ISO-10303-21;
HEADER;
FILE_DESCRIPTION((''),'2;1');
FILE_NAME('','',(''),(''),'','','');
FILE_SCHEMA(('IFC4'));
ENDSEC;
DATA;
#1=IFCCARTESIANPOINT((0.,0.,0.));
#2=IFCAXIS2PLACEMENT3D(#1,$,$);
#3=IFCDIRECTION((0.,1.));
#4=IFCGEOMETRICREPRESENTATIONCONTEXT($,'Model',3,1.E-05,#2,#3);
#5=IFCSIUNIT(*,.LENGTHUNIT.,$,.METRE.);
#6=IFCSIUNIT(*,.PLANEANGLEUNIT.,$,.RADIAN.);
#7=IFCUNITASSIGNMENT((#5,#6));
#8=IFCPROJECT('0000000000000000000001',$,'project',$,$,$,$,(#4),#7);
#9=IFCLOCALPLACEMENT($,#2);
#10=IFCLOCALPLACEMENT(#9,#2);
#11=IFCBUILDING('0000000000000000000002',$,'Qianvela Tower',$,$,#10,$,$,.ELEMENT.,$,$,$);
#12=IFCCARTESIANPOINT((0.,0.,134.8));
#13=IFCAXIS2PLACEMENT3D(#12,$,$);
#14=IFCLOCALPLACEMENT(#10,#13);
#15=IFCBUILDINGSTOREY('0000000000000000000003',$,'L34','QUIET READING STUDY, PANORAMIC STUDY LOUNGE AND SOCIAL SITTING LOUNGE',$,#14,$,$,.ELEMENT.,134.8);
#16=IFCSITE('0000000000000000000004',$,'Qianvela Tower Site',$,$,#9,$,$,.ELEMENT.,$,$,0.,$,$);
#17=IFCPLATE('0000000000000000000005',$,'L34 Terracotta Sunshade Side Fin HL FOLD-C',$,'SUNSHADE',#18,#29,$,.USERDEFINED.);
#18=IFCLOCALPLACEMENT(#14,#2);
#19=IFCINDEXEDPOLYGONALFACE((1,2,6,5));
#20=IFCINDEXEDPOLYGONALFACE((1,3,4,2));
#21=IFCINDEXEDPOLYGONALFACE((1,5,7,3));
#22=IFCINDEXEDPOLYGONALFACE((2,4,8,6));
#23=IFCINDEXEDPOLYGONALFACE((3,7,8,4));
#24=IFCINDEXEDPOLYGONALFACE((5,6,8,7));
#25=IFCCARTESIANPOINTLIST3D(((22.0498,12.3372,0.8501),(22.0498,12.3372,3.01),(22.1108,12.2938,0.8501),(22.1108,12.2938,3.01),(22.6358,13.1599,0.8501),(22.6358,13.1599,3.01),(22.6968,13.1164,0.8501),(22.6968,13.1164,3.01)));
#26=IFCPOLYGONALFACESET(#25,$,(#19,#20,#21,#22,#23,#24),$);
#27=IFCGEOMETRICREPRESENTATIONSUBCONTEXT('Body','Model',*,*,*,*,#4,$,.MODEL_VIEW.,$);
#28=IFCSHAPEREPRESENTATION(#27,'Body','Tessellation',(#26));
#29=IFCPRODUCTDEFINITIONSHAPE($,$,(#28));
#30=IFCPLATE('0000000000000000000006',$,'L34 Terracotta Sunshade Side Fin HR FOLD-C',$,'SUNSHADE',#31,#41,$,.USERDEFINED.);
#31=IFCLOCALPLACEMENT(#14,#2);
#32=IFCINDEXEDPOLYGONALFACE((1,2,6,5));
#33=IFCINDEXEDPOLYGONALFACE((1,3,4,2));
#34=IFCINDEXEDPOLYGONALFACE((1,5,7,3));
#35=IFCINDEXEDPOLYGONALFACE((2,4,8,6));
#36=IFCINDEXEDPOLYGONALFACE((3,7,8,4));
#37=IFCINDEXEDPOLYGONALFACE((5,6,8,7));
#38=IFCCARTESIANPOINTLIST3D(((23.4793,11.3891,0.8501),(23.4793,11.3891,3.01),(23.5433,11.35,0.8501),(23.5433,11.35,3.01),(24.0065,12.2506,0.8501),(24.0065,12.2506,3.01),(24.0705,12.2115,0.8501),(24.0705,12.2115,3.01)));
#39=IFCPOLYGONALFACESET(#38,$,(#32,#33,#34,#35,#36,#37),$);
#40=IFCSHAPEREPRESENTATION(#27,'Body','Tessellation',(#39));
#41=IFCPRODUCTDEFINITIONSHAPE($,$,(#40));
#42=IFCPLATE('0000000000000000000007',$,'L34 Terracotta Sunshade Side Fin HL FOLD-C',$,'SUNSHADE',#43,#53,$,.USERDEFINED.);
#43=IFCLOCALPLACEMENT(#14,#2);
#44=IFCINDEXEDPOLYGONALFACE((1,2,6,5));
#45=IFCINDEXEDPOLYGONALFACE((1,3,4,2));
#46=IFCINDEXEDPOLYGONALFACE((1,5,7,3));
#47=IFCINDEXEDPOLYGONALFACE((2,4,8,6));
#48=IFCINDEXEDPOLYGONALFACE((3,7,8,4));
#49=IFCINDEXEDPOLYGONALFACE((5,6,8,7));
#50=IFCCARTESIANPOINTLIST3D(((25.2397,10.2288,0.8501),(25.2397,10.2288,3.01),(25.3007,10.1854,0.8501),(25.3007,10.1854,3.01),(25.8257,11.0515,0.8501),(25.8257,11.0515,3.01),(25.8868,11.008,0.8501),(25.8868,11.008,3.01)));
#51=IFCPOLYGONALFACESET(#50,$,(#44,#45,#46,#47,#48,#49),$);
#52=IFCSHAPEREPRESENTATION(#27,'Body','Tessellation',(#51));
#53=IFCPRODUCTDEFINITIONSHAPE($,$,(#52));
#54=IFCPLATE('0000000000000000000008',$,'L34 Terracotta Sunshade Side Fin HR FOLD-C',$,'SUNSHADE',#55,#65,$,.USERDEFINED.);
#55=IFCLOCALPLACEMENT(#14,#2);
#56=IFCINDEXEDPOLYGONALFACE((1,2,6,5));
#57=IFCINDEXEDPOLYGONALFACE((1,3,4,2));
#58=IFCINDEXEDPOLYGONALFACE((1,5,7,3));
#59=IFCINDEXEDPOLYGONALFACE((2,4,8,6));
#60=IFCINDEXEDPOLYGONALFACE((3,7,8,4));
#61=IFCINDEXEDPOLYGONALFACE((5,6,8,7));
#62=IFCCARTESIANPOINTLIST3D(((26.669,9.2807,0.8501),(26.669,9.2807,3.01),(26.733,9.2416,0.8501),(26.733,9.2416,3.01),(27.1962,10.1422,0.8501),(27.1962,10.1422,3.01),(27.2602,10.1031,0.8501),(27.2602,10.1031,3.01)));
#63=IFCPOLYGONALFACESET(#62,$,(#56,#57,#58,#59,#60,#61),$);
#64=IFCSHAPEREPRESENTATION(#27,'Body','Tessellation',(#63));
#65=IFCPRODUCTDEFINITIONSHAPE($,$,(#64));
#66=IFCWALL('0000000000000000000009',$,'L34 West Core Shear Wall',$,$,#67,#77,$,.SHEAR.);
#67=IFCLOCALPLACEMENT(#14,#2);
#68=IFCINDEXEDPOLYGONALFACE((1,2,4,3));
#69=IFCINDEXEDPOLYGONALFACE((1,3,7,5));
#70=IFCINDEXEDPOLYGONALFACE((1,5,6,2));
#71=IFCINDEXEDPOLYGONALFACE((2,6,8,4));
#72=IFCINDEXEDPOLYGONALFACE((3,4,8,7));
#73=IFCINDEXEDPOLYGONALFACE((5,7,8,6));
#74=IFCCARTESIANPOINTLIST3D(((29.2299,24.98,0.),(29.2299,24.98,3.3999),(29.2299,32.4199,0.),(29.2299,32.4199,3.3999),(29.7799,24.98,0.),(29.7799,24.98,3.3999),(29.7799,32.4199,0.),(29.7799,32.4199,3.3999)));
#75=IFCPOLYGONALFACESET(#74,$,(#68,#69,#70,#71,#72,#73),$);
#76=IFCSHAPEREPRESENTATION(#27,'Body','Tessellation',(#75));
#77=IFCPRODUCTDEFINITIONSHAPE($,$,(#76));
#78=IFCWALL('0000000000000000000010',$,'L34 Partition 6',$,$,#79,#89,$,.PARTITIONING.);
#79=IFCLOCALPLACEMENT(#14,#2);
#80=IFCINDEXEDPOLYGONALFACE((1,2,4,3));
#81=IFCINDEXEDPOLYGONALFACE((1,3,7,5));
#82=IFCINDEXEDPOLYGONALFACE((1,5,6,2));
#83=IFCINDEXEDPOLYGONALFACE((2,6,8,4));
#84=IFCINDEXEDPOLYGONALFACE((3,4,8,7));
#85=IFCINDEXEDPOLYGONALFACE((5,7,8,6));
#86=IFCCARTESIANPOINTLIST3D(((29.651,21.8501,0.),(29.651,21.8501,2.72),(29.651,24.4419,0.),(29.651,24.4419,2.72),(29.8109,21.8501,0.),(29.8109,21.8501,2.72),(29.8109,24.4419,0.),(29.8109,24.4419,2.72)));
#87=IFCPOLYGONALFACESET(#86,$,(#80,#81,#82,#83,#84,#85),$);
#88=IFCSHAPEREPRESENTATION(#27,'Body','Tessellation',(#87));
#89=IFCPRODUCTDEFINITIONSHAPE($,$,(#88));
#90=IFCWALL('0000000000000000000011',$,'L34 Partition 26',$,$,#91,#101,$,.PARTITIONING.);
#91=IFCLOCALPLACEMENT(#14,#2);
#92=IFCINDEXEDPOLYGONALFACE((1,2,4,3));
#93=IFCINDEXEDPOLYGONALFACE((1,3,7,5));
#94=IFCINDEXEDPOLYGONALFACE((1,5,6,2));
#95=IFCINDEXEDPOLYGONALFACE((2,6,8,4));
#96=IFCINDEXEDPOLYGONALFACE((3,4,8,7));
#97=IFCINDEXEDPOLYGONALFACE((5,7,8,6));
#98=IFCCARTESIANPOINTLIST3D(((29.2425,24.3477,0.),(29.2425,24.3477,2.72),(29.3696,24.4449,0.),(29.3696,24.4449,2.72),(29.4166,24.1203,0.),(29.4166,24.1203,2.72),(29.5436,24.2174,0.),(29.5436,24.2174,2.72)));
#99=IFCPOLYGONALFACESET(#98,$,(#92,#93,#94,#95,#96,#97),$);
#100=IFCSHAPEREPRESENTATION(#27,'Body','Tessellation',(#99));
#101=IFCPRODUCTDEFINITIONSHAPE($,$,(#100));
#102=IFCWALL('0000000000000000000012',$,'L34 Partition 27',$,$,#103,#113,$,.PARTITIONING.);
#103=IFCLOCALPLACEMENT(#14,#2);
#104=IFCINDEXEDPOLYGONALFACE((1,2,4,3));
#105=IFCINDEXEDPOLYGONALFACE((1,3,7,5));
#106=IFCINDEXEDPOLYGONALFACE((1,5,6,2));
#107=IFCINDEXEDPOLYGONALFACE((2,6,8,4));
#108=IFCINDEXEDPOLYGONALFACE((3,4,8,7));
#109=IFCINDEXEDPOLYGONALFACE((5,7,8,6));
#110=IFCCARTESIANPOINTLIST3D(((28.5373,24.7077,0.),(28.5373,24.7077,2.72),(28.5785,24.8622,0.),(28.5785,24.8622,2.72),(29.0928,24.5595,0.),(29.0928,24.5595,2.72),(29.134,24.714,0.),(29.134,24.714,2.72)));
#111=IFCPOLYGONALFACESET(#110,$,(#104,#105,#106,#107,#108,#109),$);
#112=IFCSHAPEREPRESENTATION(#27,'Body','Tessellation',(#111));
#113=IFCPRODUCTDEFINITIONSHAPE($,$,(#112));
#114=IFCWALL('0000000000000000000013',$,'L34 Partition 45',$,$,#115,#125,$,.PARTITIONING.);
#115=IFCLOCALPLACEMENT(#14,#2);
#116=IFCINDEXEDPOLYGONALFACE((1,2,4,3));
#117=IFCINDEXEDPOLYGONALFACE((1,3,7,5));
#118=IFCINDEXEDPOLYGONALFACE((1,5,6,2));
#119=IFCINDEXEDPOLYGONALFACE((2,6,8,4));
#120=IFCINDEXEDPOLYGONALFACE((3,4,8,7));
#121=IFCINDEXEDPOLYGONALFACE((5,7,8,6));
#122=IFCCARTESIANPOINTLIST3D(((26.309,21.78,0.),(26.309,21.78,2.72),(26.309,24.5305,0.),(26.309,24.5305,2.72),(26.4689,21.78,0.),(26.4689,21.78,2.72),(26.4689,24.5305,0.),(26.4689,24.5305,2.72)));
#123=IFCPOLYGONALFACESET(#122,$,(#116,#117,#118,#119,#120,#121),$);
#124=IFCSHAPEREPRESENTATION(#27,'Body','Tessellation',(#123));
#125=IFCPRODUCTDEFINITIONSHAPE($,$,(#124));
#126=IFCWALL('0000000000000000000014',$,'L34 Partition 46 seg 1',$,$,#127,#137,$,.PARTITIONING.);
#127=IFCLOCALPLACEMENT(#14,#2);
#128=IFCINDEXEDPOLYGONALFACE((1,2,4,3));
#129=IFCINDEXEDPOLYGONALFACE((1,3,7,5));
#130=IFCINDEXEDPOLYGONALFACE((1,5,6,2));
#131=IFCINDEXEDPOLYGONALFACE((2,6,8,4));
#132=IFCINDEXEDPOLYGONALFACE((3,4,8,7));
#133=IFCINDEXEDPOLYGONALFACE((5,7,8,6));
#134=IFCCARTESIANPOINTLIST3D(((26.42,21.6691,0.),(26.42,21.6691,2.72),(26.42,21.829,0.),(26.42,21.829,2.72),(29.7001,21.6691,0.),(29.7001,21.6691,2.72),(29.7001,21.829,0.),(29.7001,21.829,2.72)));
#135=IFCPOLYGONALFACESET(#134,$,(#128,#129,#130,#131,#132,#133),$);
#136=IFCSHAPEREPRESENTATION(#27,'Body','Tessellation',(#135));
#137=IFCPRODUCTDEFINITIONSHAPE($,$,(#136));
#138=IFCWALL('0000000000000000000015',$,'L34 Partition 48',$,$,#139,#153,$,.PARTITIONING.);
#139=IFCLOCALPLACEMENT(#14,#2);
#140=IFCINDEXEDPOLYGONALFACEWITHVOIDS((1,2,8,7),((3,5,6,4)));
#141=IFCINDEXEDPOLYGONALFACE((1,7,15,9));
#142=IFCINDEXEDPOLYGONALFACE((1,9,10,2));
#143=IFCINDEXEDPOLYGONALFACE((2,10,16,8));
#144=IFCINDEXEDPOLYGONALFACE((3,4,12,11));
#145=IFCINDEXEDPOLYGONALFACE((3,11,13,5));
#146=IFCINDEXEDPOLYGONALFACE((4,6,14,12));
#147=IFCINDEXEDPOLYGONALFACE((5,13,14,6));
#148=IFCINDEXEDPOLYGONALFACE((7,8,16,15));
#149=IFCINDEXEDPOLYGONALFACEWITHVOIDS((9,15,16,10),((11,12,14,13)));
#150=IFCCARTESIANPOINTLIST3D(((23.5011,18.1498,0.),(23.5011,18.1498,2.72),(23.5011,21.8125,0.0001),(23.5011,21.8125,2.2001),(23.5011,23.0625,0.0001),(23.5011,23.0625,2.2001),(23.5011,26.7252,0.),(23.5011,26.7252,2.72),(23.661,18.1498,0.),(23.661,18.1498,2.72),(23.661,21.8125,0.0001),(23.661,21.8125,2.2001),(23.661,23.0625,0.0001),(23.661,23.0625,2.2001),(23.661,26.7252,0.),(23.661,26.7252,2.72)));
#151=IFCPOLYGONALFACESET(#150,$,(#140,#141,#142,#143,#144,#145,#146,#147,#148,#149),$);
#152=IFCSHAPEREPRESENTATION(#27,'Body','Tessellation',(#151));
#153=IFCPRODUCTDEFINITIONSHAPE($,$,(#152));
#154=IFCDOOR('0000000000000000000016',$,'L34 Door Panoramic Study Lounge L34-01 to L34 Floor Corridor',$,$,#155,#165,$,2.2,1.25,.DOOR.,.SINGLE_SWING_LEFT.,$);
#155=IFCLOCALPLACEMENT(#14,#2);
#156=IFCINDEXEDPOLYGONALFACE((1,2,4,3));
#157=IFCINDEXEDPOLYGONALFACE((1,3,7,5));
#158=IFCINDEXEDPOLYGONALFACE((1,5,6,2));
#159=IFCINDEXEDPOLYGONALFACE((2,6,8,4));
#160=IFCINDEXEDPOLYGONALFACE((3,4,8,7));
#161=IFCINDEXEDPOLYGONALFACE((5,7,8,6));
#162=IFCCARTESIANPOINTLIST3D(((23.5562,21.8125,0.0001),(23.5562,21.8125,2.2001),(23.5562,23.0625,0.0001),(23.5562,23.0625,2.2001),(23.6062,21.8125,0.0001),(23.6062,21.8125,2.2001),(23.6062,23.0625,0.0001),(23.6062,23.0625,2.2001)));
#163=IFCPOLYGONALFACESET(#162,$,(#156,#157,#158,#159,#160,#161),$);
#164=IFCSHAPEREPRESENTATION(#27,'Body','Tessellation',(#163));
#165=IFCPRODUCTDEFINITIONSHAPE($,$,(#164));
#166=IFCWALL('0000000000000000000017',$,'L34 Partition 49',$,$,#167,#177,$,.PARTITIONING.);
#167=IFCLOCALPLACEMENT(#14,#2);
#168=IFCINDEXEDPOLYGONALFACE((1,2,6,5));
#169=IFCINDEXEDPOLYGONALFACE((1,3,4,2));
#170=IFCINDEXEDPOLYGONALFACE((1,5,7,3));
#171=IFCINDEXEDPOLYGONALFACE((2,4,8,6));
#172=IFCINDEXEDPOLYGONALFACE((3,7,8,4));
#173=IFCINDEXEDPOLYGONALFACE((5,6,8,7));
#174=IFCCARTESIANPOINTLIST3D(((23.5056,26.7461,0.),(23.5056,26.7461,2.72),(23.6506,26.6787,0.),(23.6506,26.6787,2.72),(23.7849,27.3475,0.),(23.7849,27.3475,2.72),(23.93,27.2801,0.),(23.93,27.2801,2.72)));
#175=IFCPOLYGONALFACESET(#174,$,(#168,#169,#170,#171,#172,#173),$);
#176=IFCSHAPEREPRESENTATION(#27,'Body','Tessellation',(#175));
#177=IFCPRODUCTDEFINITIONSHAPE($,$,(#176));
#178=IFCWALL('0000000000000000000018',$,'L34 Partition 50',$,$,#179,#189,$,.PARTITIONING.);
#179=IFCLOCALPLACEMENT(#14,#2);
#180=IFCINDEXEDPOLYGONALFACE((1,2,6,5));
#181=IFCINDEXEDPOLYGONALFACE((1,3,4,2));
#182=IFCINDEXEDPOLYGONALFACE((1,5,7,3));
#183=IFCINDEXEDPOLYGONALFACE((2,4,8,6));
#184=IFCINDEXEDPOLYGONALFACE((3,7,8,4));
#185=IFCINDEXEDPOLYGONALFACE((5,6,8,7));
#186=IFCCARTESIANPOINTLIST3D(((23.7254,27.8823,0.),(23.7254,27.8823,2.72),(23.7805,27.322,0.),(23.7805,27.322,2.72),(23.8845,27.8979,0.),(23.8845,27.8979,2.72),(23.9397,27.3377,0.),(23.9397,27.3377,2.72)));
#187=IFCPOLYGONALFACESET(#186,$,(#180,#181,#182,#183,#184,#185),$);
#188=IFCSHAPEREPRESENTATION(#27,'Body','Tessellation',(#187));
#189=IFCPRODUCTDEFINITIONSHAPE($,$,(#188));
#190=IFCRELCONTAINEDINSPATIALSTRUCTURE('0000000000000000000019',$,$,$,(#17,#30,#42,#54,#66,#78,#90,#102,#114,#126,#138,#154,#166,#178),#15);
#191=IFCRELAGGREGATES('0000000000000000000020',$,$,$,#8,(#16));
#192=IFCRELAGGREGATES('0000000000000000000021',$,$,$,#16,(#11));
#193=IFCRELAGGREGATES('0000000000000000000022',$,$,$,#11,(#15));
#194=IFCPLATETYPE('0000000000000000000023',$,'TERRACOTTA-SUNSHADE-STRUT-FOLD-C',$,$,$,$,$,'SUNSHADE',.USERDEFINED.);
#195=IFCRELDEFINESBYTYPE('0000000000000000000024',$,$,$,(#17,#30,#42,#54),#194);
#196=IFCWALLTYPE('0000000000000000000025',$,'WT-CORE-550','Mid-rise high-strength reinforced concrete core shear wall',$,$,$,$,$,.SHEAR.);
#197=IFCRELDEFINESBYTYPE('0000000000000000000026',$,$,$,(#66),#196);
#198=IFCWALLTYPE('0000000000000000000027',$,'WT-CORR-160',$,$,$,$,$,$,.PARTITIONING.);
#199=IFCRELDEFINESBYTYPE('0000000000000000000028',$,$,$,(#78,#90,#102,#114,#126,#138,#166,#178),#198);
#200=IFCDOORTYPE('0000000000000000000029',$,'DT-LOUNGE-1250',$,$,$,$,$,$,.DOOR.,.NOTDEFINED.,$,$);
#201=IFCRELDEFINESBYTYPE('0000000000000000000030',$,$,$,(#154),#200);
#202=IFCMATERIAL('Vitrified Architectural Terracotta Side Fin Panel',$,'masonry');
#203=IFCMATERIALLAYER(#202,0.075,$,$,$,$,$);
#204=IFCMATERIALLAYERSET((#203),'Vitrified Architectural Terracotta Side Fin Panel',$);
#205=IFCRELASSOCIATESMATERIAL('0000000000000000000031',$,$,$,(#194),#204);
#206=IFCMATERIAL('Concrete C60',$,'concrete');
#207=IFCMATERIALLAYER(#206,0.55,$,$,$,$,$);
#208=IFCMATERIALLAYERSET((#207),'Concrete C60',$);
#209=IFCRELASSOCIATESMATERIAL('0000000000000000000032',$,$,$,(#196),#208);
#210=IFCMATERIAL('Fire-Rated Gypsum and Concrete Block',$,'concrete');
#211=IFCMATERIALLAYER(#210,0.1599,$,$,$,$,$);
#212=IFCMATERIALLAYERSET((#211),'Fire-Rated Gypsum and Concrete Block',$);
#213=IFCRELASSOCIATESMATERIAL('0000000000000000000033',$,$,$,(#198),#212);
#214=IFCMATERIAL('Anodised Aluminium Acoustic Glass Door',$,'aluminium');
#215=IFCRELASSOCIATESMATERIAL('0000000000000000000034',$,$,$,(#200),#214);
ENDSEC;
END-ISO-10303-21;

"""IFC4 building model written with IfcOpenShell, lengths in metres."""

from ifc_helpers import new_model, si_unit, direction, frame, frame_2d, origin, origin_2d, place, context, subcontext, project, spatial, rectangle, extrude, material, layer, layer_set, type_object, element, fill, save


model = new_model("IFC4")

# Units and contexts
model_context = context("Model", 3, precision=1e-05, world=origin(), true_north=direction((0.0, 1.0)))
body_context = subcontext(model_context, "Body", "Model", "MODEL_VIEW")
ifc_project = project(units=[si_unit("LENGTHUNIT", "METRE"), si_unit("PLANEANGLEUNIT", "RADIAN")], contexts=[model_context])

# Site, building, storey
site_placement = place(None, origin())
site = spatial("IfcSite", under=ifc_project, at=site_placement, Name="Qianvela Tower Site", CompositionType="ELEMENT", RefElevation=0.0)
building_placement = place(site_placement, origin())
building = spatial("IfcBuilding", under=site, at=building_placement, Name="Qianvela Tower", CompositionType="ELEMENT")
storey_placement = place(building_placement, frame((0.0, 0.0, 134.8)))
storey = spatial("IfcBuildingStorey", under=building, at=storey_placement, Name="L34", Description="QUIET READING STUDY, PANORAMIC STUDY LOUNGE AND SOCIAL SITTING LOUNGE", CompositionType="ELEMENT", Elevation=134.8)

# Plates
ifc_material_1 = material(Name="Vitrified Architectural Terracotta Side Fin Panel", Category="masonry")
ifc_layer_1 = layer(ifc_material_1, 0.075)
ifc_layer_set_1 = layer_set([ifc_layer_1], Name="Vitrified Architectural Terracotta Side Fin Panel")
plate_type_1 = type_object("IfcPlateType", Name="TERRACOTTA-SUNSHADE-STRUT-FOLD-C", ElementType="SUNSHADE", PredefinedType="USERDEFINED", material=ifc_layer_set_1)
for number, where, z_axis, x_axis, name in (
    (1, (22.3733, 12.7268, 0.8501), (0.0, 0.0, 1.0), (0.814459, -0.580221, 0.0), "L34 Terracotta Sunshade Side Fin HL FOLD-C"),
    (2, (23.7749, 11.8003, 0.8501), (0.0, 0.0, 1.0), (0.852949, -0.521994, 0.0), "L34 Terracotta Sunshade Side Fin HR FOLD-C"),
    (3, (25.5632, 10.6184, 0.8501), (0.0, 0.0, 1.0), (0.814459, -0.580221, 0.0), "L34 Terracotta Sunshade Side Fin HL FOLD-C"),
    (4, (26.9646, 9.6919, 0.8501), (0.0, 0.0, 1.0), (0.852949, -0.521994, 0.0), "L34 Terracotta Sunshade Side Fin HR FOLD-C"),
):
    element("IfcPlate", number, at=place(storey_placement, frame(where, z_axis=z_axis, x_axis=x_axis)), inside=storey, type_object=plate_type_1, Name=name, ObjectType="SUNSHADE", PredefinedType="USERDEFINED", context=body_context, shape_type="SweptSolid", body=[
        extrude(rectangle(XDim=0.075, YDim=1.01, at=origin_2d()), origin(), (0.0, 0.0, 1.0), 2.1599),
    ])

# Shared definitions
ifc_material_2 = material(Name="Concrete C60", Category="concrete")
ifc_layer_2 = layer(ifc_material_2, 0.55)
ifc_layer_set_2 = layer_set([ifc_layer_2], Name="Concrete C60")
wall_type_1 = type_object("IfcWallType", Name="WT-CORE-550", Description="Mid-rise high-strength reinforced concrete core shear wall", PredefinedType="SHEAR", material=ifc_layer_set_2)

# Walls
wall_1_placement = place(storey_placement, frame((29.5049, 24.98, 0.0), z_axis=(0.0, 0.0, 1.0), x_axis=(0.0, 1.0, 0.0)))
element("IfcWall", 5, at=wall_1_placement, inside=storey, type_object=wall_type_1, Name="L34 West Core Shear Wall", PredefinedType="SHEAR", context=body_context, shape_type="SweptSolid", body=[
    extrude(rectangle(XDim=7.4399, YDim=0.55, at=frame_2d((3.72, 0.0))), origin(), (0.0, 0.0, 1.0), 3.3999),
])
ifc_material_3 = material(Name="Fire-Rated Gypsum and Concrete Block", Category="concrete")
ifc_layer_3 = layer(ifc_material_3, 0.1599)
ifc_layer_set_3 = layer_set([ifc_layer_3], Name="Fire-Rated Gypsum and Concrete Block")
wall_type_2 = type_object("IfcWallType", Name="WT-CORR-160", PredefinedType="PARTITIONING", material=ifc_layer_set_3)
wall_2_placement = place(storey_placement, frame((29.731, 21.8501, 0.0), z_axis=(0.0, 0.0, 1.0), x_axis=(0.0, 1.0, 0.0)))
element("IfcWall", 6, at=wall_2_placement, inside=storey, type_object=wall_type_2, Name="L34 Partition 6", PredefinedType="PARTITIONING", context=body_context, shape_type="SweptSolid", body=[
    extrude(rectangle(XDim=2.5918, YDim=0.1599, at=frame_2d((1.2959, 0.0))), origin(), (0.0, 0.0, 1.0), 2.72),
])
wall_3_placement = place(storey_placement, frame((29.48, 24.1689, 0.0), z_axis=(0.0, 0.0, 1.0), x_axis=(-0.607608, 0.794237, 0.0)))
element("IfcWall", 7, at=wall_3_placement, inside=storey, type_object=wall_type_2, Name="L34 Partition 26", PredefinedType="PARTITIONING", context=body_context, shape_type="SweptSolid", body=[
    extrude(rectangle(XDim=0.2864, YDim=0.1599, at=frame_2d((0.1431, 0.0))), origin(), (0.0, 0.0, 1.0), 2.72),
])
wall_4_placement = place(storey_placement, frame((29.1135, 24.6367, 0.0), z_axis=(0.0, 0.0, 1.0), x_axis=(-0.9662, 0.257795, 0.0)))
element("IfcWall", 8, at=wall_4_placement, inside=storey, type_object=wall_type_2, Name="L34 Partition 27", PredefinedType="PARTITIONING", context=body_context, shape_type="SweptSolid", body=[
    extrude(rectangle(XDim=0.575, YDim=0.1599, at=frame_2d((0.2876, 0.0))), origin(), (0.0, 0.0, 1.0), 2.72),
])
wall_5_placement = place(storey_placement, frame((26.3889, 24.5305, 0.0), z_axis=(0.0, 0.0, 1.0), x_axis=(0.0, -1.0, 0.0)))
element("IfcWall", 9, at=wall_5_placement, inside=storey, type_object=wall_type_2, Name="L34 Partition 45", PredefinedType="PARTITIONING", context=body_context, shape_type="SweptSolid", body=[
    extrude(rectangle(XDim=2.7505, YDim=0.1599, at=frame_2d((1.3752, 0.0))), origin(), (0.0, 0.0, 1.0), 2.72),
])
wall_6_placement = place(storey_placement, frame((26.4199, 21.749, 0.0), z_axis=(0.0, 0.0, 1.0), x_axis=(1.0, 0.0, 0.0)))
element("IfcWall", 10, at=wall_6_placement, inside=storey, type_object=wall_type_2, Name="L34 Partition 46 seg 1", PredefinedType="PARTITIONING", context=body_context, shape_type="SweptSolid", body=[
    extrude(rectangle(XDim=3.28, YDim=0.1599, at=frame_2d((1.6401, 0.0))), origin(), (0.0, 0.0, 1.0), 2.72),
])

# Wall, opening, door
wall_7_placement = place(storey_placement, frame((23.5811, 18.1499, 0.0), z_axis=(0.0, 0.0, 1.0), x_axis=(0.0, 1.0, 0.0)))
wall_7 = element("IfcWall", 11, at=wall_7_placement, inside=storey, type_object=wall_type_2, Name="L34 Partition 48", PredefinedType="PARTITIONING", context=body_context, shape_type="SweptSolid", body=[
    extrude(rectangle(XDim=8.5754, YDim=0.1599, at=frame_2d((4.2876, 0.0))), origin(), (0.0, 0.0, 1.0), 2.72),
])
opening_1_placement = place(wall_7_placement, frame((3.6626, 0.0, 0.0)))
opening_1 = element("IfcOpeningElement", 12, at=opening_1_placement, cuts=wall_7, PredefinedType="OPENING", context=body_context, shape_type="SweptSolid", body=[
    extrude(rectangle(XDim=1.25, YDim=2.2, at=frame_2d((0.625, 1.1001))), frame((0.0, 0.0898, 0.0), z_axis=(0.0, -1.0, 0.0), x_axis=(1.0, 0.0, 0.0)), (0.0, 0.0, 1.0), 0.1799),
])
ifc_material_4 = material(Name="Anodised Aluminium Acoustic Glass Door", Category="aluminium")
door_type_1 = type_object("IfcDoorType", Name="DT-LOUNGE-1250", OperationType="NOTDEFINED", PredefinedType="DOOR", material=ifc_material_4)
door_1_placement = place(opening_1_placement, origin())
door_1 = element("IfcDoor", 13, at=door_1_placement, inside=storey, type_object=door_type_1, Name="L34 Door Panoramic Study Lounge L34-01 to L34 Floor Corridor", OperationType="SINGLE_SWING_LEFT", OverallHeight=2.2, OverallWidth=1.25, PredefinedType="DOOR", context=body_context, shape_type="SweptSolid", body=[
    extrude(rectangle(XDim=1.25, YDim=2.2, at=frame_2d((0.625, 1.1001))), frame((0.0, 0.0249, 0.0), z_axis=(0.0, -1.0, 0.0), x_axis=(1.0, 0.0, 0.0)), (0.0, 0.0, 1.0), 0.05),
])
fill(opening_1, door_1)

# Walls
wall_8_placement = place(storey_placement, frame((23.5781, 26.7124, 0.0), z_axis=(0.0, 0.0, 1.0), x_axis=(0.421252, 0.906944, 0.0)))
element("IfcWall", 14, at=wall_8_placement, inside=storey, type_object=wall_type_2, Name="L34 Partition 49", PredefinedType="PARTITIONING", context=body_context, shape_type="SweptSolid", body=[
    extrude(rectangle(XDim=0.6631, YDim=0.1599, at=frame_2d((0.3315, 0.0))), origin(), (0.0, 0.0, 1.0), 2.72),
])
wall_9_placement = place(storey_placement, frame((23.8601, 27.3298, 0.0), z_axis=(0.0, 0.0, 1.0), x_axis=(-0.098001, 0.995186, 0.0)))
element("IfcWall", 15, at=wall_9_placement, inside=storey, type_object=wall_type_2, Name="L34 Partition 50", PredefinedType="PARTITIONING", context=body_context, shape_type="SweptSolid", body=[
    extrude(rectangle(XDim=0.563, YDim=0.1599, at=frame_2d((0.2815, 0.0))), origin(), (0.0, 0.0, 1.0), 2.72),
])

save(model, "model.ifc")
